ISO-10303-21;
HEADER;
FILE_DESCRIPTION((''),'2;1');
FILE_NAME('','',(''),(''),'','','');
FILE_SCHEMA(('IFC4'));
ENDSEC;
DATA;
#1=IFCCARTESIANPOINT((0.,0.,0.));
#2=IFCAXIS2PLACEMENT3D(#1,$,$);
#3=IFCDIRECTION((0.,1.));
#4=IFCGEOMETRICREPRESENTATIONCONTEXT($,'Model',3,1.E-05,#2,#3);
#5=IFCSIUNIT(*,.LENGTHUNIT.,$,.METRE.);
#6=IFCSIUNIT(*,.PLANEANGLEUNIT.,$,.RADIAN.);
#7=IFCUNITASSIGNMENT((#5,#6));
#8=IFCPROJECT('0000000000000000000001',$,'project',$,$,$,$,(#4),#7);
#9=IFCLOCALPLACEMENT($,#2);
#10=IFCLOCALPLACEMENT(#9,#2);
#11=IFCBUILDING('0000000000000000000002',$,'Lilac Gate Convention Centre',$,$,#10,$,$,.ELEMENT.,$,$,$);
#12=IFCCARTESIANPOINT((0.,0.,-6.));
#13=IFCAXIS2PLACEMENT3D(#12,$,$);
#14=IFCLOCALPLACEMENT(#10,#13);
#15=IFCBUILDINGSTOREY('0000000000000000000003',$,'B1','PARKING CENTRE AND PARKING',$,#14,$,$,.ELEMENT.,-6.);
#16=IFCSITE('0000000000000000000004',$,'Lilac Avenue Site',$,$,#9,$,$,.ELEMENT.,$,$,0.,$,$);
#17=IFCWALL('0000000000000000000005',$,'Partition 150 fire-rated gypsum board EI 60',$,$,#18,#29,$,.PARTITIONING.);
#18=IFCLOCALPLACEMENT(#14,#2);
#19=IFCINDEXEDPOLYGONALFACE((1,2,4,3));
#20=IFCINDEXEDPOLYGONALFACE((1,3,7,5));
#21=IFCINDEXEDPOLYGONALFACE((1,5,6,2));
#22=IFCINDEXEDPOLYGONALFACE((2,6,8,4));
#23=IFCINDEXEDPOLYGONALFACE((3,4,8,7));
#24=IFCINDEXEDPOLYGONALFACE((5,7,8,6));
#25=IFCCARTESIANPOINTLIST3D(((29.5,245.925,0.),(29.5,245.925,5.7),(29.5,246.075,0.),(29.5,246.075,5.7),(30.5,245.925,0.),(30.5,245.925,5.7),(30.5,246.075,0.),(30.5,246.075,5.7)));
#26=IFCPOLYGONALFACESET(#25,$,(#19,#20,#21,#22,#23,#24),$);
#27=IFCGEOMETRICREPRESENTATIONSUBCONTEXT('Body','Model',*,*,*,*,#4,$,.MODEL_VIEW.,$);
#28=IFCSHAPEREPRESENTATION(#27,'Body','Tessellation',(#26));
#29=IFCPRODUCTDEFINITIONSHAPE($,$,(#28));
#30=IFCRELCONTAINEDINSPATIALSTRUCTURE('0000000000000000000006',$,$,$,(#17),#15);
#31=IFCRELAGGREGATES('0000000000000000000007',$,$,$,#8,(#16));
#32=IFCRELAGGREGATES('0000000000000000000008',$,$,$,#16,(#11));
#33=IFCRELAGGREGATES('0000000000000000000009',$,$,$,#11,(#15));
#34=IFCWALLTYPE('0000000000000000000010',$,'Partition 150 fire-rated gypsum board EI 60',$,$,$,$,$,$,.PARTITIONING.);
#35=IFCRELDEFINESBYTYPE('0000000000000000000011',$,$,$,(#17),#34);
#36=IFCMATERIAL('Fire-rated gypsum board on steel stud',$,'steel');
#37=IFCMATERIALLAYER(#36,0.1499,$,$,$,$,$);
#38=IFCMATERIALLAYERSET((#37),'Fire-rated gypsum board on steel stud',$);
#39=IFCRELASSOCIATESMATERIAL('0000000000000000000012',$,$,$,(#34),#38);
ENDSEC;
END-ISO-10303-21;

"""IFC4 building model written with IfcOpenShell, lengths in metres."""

from ifc_helpers import new_model, si_unit, direction, frame, frame_2d, origin, place, context, subcontext, project, spatial, rectangle, extrude, material, layer, layer_set, type_object, element, save


model = new_model("IFC4")

# Units and contexts
model_context = context("Model", 3, precision=1e-05, world=origin(), true_north=direction((0.0, 1.0)))
body_context = subcontext(model_context, "Body", "Model", "MODEL_VIEW")
ifc_project = project(units=[si_unit("LENGTHUNIT", "METRE"), si_unit("PLANEANGLEUNIT", "RADIAN")], contexts=[model_context])

# Site, building, storey
site_placement = place(None, origin())
site = spatial("IfcSite", under=ifc_project, at=site_placement, Name="Lilac Avenue Site", CompositionType="ELEMENT", RefElevation=0.0)
building_placement = place(site_placement, origin())
building = spatial("IfcBuilding", under=site, at=building_placement, Name="Lilac Gate Convention Centre", CompositionType="ELEMENT")
storey_placement = place(building_placement, frame((0.0, 0.0, -6.0)))
storey = spatial("IfcBuildingStorey", under=building, at=storey_placement, Name="B1", Description="PARKING CENTRE AND PARKING", CompositionType="ELEMENT", Elevation=-6.0)

# Wall
ifc_material_1 = material(Name="Fire-rated gypsum board on steel stud", Category="steel")
ifc_layer_1 = layer(ifc_material_1, 0.1499)
ifc_layer_set_1 = layer_set([ifc_layer_1], Name="Fire-rated gypsum board on steel stud")
wall_type_1 = type_object("IfcWallType", Name="Partition 150 fire-rated gypsum board EI 60", PredefinedType="PARTITIONING", material=ifc_layer_set_1)
wall_placement = place(storey_placement, frame((29.5, 246.0, 0.0), z_axis=(0.0, 0.0, 1.0), x_axis=(1.0, 0.0, 0.0)))
element("IfcWall", 1, at=wall_placement, inside=storey, type_object=wall_type_1, Name="Partition 150 fire-rated gypsum board EI 60", PredefinedType="PARTITIONING", context=body_context, shape_type="SweptSolid", body=[
    extrude(rectangle(XDim=1.0, YDim=0.1499, at=frame_2d((0.5, 0.0))), origin(), (0.0, 0.0, 1.0), 5.7),
])

save(model, "model.ifc")
